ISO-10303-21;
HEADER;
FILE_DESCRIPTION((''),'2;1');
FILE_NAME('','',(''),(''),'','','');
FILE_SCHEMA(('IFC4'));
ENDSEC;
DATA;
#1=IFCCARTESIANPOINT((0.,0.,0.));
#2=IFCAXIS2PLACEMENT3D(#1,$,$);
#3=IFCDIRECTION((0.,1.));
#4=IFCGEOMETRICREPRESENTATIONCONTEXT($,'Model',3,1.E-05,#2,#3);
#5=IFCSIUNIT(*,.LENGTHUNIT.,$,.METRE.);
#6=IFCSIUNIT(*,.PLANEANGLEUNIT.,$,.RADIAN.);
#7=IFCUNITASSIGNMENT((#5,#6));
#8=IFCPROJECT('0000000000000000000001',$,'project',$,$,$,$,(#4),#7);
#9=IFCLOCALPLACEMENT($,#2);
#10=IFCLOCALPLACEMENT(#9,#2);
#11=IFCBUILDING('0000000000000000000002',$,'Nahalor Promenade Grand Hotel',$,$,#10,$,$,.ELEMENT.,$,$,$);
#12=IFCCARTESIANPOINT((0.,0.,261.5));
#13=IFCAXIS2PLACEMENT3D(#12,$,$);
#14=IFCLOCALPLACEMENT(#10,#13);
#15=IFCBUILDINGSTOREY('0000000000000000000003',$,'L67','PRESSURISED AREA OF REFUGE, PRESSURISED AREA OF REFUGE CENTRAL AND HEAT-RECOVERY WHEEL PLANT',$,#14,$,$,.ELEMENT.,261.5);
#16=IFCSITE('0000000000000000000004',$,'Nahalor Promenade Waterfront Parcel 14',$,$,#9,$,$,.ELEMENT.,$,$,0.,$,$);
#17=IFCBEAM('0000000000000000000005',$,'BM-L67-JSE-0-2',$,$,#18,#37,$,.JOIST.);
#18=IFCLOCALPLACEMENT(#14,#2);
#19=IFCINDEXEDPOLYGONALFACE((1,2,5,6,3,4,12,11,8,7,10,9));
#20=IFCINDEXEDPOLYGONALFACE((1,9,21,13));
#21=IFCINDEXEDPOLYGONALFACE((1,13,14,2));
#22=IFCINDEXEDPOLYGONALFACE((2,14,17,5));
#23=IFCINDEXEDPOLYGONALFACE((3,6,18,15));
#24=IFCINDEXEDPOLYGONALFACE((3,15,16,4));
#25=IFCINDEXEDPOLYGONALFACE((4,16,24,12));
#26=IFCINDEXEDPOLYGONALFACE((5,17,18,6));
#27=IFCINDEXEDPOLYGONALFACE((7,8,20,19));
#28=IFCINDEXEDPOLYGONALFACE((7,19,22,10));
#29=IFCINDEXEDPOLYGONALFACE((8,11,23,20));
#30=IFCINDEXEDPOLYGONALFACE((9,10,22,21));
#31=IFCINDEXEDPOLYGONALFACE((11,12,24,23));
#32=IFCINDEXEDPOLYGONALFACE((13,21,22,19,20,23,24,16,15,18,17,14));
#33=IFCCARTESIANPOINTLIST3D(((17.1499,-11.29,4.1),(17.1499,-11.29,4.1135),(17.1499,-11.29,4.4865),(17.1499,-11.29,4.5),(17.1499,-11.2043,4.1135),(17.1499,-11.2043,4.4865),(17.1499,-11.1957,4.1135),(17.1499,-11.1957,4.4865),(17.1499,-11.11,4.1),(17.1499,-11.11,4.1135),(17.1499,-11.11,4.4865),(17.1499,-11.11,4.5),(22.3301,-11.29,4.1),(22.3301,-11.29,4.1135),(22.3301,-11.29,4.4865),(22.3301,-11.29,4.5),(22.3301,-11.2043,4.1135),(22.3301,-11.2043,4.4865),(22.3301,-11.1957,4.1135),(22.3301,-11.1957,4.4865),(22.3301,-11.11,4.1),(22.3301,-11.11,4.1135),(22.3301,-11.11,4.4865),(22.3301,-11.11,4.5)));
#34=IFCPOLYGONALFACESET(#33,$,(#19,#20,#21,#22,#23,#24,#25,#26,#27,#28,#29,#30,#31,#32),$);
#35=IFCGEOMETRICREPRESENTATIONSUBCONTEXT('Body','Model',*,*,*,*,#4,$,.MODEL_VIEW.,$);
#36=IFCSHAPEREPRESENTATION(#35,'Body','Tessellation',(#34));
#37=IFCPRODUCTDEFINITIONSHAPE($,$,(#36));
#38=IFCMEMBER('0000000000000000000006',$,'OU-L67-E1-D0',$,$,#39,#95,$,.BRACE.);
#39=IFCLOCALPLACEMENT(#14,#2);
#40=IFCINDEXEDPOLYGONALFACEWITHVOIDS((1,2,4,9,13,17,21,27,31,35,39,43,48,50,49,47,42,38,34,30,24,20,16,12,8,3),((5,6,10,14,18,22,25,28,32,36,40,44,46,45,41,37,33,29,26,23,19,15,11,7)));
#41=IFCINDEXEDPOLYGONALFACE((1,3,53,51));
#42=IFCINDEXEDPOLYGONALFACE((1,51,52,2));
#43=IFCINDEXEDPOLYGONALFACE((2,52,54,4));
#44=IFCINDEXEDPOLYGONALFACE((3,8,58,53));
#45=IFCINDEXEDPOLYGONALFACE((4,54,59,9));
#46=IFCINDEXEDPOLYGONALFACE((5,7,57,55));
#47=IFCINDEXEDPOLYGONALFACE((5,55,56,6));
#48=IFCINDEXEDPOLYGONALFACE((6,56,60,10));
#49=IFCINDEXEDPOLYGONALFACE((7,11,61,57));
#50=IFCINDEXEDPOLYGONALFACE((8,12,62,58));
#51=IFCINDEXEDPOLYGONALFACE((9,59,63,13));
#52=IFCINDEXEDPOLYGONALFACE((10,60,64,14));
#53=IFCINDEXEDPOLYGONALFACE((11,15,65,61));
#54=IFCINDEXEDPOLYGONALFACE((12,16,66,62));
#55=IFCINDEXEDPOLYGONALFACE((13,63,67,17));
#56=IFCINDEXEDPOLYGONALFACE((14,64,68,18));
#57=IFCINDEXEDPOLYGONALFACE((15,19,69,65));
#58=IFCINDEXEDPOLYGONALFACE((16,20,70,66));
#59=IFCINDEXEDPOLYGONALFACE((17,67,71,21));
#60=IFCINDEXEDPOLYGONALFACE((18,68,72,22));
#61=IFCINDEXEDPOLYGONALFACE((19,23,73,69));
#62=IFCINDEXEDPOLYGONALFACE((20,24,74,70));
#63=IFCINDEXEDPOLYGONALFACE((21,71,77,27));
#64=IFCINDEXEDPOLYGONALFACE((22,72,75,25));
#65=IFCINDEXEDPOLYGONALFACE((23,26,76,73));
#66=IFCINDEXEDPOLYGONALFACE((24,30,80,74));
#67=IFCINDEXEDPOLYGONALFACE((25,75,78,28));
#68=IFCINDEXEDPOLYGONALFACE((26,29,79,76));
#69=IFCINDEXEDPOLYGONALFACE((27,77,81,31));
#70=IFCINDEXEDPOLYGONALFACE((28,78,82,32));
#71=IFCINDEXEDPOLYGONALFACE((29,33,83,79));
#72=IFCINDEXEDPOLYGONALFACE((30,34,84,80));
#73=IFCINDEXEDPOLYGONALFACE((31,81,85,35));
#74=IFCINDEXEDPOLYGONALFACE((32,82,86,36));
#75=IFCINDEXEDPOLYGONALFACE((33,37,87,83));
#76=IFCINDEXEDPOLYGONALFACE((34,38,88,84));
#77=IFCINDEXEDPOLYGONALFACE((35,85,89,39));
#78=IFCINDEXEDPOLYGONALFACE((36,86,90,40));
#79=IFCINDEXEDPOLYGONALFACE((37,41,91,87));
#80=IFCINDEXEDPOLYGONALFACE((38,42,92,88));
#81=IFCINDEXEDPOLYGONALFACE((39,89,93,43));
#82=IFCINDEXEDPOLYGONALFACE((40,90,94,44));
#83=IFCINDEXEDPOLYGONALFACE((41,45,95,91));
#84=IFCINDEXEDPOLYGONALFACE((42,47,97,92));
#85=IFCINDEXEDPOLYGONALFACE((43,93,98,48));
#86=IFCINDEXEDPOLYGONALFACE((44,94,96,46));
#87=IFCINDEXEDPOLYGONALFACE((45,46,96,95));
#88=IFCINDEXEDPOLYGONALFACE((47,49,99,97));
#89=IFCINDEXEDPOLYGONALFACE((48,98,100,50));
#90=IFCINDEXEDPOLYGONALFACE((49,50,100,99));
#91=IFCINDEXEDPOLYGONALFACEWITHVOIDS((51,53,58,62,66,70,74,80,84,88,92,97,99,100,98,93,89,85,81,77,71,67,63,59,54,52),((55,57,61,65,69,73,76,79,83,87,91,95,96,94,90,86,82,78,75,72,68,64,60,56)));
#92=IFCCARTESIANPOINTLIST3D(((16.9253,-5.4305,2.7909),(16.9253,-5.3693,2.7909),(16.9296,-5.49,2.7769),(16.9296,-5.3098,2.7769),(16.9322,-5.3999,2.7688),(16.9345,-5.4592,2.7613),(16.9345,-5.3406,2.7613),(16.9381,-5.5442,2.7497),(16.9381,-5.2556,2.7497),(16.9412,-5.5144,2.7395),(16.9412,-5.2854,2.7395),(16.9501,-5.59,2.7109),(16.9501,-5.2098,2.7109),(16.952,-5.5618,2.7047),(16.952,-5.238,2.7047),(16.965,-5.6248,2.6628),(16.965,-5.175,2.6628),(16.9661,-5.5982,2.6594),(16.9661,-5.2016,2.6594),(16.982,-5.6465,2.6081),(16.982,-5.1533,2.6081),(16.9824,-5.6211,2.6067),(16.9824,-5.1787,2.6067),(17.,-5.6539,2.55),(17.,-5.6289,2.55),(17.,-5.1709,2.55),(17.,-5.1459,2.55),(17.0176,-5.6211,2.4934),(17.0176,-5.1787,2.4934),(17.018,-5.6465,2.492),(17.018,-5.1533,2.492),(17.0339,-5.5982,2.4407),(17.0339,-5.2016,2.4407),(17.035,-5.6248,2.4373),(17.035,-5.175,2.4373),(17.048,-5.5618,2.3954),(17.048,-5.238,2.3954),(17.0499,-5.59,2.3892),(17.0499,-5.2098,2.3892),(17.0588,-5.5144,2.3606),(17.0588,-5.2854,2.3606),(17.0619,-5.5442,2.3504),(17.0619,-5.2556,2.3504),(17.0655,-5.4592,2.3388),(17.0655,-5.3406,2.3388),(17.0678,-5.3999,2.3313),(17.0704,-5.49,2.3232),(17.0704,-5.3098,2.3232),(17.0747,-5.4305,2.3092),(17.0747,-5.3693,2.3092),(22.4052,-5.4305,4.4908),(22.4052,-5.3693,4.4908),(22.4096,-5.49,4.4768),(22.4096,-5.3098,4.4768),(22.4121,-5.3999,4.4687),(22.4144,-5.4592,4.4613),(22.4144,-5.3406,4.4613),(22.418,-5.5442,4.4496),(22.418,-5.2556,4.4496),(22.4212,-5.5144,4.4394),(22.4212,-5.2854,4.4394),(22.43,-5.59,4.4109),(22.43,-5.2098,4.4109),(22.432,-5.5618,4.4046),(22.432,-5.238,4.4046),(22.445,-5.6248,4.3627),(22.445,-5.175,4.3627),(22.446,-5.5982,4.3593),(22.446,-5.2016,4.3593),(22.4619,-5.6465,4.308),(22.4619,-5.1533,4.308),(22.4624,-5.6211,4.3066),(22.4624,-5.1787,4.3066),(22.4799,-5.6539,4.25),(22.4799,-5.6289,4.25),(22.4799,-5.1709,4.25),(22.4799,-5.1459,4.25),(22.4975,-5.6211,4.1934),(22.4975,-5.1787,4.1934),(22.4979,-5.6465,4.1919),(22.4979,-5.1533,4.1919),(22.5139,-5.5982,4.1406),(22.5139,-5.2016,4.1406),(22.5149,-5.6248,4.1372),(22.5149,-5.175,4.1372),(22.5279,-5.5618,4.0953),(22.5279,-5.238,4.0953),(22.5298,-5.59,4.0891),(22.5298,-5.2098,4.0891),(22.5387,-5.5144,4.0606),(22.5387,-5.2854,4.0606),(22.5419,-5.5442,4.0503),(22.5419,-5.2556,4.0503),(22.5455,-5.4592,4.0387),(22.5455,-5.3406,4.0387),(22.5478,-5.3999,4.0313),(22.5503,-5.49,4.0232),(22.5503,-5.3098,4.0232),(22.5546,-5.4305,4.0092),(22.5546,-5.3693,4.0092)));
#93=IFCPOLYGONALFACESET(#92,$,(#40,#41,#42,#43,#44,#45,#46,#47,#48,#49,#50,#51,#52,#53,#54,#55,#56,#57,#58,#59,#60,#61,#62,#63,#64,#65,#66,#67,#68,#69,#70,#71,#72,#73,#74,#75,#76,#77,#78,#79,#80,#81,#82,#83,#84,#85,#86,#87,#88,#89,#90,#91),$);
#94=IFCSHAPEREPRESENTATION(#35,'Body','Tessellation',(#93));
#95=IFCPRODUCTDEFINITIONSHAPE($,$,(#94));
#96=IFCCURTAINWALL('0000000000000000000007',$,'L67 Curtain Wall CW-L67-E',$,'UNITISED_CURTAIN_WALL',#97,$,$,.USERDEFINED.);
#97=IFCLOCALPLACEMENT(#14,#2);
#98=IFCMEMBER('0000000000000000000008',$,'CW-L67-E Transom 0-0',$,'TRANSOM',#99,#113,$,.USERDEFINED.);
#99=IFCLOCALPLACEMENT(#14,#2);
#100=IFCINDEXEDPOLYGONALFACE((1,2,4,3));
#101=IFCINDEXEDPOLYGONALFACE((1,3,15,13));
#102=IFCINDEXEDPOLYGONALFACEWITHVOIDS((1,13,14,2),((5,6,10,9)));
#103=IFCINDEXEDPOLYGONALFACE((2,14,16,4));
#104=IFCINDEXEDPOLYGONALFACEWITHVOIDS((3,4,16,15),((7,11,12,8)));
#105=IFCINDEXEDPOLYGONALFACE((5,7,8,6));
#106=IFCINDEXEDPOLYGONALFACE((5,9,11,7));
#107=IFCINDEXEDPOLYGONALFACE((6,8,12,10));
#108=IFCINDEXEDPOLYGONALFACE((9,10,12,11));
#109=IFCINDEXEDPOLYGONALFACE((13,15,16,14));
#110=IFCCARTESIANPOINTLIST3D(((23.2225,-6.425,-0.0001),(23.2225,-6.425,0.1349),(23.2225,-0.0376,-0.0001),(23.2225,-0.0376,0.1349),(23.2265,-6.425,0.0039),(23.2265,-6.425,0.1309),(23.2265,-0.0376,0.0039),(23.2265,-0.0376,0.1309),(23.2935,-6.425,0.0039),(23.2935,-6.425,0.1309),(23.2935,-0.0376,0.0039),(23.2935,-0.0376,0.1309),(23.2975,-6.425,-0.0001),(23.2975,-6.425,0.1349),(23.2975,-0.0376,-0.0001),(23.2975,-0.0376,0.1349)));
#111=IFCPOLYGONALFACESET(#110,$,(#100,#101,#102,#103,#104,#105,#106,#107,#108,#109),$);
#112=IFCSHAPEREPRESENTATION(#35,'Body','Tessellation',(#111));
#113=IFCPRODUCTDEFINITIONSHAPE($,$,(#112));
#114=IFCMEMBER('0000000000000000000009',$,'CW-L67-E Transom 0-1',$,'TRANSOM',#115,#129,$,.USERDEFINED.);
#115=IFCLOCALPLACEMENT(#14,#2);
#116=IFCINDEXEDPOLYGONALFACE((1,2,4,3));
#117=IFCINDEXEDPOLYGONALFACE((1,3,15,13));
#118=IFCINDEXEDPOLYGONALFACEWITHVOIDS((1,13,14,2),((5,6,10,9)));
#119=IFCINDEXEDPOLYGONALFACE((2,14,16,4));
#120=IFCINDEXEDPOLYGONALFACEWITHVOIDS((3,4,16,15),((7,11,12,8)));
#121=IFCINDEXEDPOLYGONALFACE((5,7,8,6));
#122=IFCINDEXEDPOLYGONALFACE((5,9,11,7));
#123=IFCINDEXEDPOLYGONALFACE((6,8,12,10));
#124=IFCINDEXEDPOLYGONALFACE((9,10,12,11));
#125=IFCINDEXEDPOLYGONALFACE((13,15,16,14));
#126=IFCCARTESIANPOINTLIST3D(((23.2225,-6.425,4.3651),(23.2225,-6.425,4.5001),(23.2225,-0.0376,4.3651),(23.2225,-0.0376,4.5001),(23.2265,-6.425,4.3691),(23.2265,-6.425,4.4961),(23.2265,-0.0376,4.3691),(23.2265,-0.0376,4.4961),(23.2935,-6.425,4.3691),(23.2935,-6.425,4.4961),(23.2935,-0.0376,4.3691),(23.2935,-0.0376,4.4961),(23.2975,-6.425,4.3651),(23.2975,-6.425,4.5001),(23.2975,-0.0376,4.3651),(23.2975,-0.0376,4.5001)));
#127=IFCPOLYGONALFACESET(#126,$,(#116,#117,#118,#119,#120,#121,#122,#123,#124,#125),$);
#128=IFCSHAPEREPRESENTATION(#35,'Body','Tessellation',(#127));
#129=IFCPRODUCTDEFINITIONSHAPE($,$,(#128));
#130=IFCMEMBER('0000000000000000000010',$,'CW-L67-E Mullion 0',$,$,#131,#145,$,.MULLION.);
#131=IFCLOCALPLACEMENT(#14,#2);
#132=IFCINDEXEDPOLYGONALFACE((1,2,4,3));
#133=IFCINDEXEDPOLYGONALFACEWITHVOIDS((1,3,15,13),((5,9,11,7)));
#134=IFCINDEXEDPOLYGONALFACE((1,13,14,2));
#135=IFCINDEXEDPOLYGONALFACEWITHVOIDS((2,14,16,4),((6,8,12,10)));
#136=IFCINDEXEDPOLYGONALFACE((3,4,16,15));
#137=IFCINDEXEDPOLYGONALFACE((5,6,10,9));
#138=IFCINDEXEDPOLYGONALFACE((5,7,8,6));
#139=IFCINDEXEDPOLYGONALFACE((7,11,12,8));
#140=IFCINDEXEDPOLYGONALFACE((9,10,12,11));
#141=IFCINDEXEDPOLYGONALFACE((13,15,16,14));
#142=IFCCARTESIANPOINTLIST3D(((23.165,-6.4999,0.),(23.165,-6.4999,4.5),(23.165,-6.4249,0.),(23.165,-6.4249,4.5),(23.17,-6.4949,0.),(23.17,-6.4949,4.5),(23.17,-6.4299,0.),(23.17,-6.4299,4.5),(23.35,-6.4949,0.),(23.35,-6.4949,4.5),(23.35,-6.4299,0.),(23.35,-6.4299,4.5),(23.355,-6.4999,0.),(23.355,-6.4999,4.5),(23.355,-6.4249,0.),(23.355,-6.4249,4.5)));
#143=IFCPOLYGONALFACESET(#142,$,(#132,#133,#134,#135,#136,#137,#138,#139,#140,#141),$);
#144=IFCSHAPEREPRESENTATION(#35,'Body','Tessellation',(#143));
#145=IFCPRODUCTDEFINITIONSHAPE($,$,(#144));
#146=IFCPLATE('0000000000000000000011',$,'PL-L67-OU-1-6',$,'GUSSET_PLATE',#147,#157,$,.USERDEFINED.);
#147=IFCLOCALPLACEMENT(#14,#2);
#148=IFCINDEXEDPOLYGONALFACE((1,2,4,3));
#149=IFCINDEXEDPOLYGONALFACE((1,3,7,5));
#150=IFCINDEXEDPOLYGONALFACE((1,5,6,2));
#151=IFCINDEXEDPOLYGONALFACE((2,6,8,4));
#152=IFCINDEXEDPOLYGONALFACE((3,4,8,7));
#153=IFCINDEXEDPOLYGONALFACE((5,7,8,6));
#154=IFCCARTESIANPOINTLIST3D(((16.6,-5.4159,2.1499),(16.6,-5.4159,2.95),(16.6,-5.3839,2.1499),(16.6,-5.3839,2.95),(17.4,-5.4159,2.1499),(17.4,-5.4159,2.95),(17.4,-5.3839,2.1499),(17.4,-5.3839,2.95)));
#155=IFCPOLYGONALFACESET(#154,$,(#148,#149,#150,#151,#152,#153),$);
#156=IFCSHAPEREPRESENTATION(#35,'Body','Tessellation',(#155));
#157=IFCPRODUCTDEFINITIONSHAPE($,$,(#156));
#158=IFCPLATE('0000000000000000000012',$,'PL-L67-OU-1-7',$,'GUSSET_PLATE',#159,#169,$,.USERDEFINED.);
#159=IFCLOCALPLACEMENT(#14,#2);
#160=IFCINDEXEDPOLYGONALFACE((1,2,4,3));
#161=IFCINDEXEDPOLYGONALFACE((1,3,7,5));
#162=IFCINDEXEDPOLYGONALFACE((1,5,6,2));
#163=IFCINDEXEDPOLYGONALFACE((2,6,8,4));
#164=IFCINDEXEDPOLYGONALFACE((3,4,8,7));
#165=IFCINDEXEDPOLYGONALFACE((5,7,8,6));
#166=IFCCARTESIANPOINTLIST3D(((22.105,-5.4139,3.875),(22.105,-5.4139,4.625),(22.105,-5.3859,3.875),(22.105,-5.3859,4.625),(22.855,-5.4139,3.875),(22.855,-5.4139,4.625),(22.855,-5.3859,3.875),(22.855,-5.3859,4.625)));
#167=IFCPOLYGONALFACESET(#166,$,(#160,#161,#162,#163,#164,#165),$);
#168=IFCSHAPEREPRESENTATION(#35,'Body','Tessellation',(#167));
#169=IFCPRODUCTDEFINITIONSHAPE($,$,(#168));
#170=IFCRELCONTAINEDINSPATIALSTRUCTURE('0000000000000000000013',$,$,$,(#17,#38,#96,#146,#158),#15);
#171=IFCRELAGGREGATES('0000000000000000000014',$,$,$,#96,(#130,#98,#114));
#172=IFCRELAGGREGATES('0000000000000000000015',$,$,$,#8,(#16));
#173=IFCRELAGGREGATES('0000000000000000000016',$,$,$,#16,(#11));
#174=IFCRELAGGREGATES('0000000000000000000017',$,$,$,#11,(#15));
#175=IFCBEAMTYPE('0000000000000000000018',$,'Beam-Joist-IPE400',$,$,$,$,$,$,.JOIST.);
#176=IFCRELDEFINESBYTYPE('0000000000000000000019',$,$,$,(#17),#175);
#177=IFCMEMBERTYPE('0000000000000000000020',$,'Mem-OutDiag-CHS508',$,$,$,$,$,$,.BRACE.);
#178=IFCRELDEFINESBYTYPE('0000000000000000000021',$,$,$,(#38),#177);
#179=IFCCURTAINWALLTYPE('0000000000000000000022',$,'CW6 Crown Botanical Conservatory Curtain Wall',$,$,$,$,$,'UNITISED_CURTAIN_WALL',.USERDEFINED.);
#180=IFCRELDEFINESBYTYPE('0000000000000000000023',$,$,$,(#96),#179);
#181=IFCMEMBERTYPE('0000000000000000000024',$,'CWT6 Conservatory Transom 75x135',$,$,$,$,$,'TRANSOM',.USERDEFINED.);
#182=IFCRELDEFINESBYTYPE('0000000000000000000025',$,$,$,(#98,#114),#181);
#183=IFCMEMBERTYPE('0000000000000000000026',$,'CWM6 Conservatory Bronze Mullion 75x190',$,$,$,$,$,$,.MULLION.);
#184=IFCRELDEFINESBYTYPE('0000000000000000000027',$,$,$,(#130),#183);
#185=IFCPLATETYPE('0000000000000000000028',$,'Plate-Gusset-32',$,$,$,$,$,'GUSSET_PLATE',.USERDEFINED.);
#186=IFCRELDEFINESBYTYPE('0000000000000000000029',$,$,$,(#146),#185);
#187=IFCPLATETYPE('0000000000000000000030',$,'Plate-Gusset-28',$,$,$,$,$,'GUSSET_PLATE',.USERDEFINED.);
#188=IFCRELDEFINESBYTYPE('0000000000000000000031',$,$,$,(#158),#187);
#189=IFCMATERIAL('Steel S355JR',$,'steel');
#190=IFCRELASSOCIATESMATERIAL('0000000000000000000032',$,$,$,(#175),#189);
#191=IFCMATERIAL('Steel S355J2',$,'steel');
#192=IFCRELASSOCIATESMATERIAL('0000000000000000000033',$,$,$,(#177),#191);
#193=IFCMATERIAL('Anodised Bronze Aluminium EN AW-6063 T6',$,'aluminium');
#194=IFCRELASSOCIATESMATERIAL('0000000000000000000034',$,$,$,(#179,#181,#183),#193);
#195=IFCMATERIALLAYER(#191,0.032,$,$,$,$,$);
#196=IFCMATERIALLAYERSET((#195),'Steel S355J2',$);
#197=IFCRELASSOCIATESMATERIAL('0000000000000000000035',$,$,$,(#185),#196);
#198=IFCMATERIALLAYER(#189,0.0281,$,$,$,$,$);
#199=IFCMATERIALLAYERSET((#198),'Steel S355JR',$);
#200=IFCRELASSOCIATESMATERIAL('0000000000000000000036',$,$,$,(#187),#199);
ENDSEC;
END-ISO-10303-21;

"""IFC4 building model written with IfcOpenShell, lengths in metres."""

from ifc_helpers import new_model, si_unit, direction, frame, origin, origin_2d, place, context, subcontext, project, spatial, rectangle, hollow_rectangle, hollow_circle, i_section, extrude, source, transform, mapped, material, layer, layer_set, material_profile, profile_set, type_object, element, aggregate, save


model = new_model("IFC4")

# Units and contexts
model_context = context("Model", 3, precision=1e-05, world=origin(), true_north=direction((0.0, 1.0)))
body_context = subcontext(model_context, "Body", "Model", "MODEL_VIEW")
ifc_project = project(units=[si_unit("LENGTHUNIT", "METRE"), si_unit("PLANEANGLEUNIT", "RADIAN")], contexts=[model_context])

# Site, building, storey
site_placement = place(None, origin())
site = spatial("IfcSite", under=ifc_project, at=site_placement, Name="Nahalor Promenade Waterfront Parcel 14", CompositionType="ELEMENT", RefElevation=0.0)
building_placement = place(site_placement, origin())
building = spatial("IfcBuilding", under=site, at=building_placement, Name="Nahalor Promenade Grand Hotel", CompositionType="ELEMENT")
storey_placement = place(building_placement, frame((0.0, 0.0, 261.5)))
storey = spatial("IfcBuildingStorey", under=building, at=storey_placement, Name="L67", Description="PRESSURISED AREA OF REFUGE, PRESSURISED AREA OF REFUGE CENTRAL AND HEAT-RECOVERY WHEEL PLANT", CompositionType="ELEMENT", Elevation=261.5)

# Shared definitions
ifc_material_1 = material(Name="Steel S355JR", Category="steel")

# Beam
ifc_material_profile_1 = material_profile(ifc_material_1, i_section(OverallWidth=0.18, OverallDepth=0.4, WebThickness=0.0086, FlangeThickness=0.0135, at=origin_2d()), Name="IPE 400")
ifc_profile_set_1 = profile_set([ifc_material_profile_1], Name="Steel S355JR")
beam_type_1 = type_object("IfcBeamType", Name="Beam-Joist-IPE400", PredefinedType="JOIST", material=ifc_profile_set_1)
shared_shape_1 = source(origin(), body_context, "Body", "SweptSolid", [
    extrude(i_section(OverallWidth=0.18, OverallDepth=0.4, WebThickness=0.0086, FlangeThickness=0.0135, at=origin_2d()), origin(), (0.0, 0.0, 1.0), 5.1802),
])
beam_1_placement = place(storey_placement, frame((17.1499, -11.2, 4.3), z_axis=(1.0, 0.0, 0.0), x_axis=(0.0, 1.0, 0.0)))
element("IfcBeam", 1, at=beam_1_placement, inside=storey, type_object=beam_type_1, Name="BM-L67-JSE-0-2", PredefinedType="JOIST", context=body_context, shape_type="MappedRepresentation", body=[
    mapped(shared_shape_1, transform((0.0, 0.0, 0.0), scale=1.0)),
])

# Member
ifc_material_2 = material(Name="Steel S355J2", Category="steel")
ifc_material_profile_2 = material_profile(ifc_material_2, hollow_circle(Radius=0.254, WallThickness=0.025, at=origin_2d()), Name="CHS 508x25")
ifc_profile_set_2 = profile_set([ifc_material_profile_2], Name="Steel S355J2")
member_type_1 = type_object("IfcMemberType", Name="Mem-OutDiag-CHS508", PredefinedType="BRACE", material=ifc_profile_set_2)
shared_shape_2 = source(origin(), body_context, "Body", "SweptSolid", [
    extrude(hollow_circle(Radius=0.254, WallThickness=0.025, at=origin_2d()), origin(), (0.0, 0.0, 1.0), 5.7375),
])
member_1_placement = place(storey_placement, frame((17.0, -5.3999, 2.55), z_axis=(0.9551, 0.0, 0.296283), x_axis=(0.0, 1.0, 0.0)))
element("IfcMember", 2, at=member_1_placement, inside=storey, type_object=member_type_1, Name="OU-L67-E1-D0", PredefinedType="BRACE", context=body_context, shape_type="MappedRepresentation", body=[
    mapped(shared_shape_2, transform((0.0, 0.0, 0.0), scale=1.0)),
])

# Curtain wall, members
ifc_material_3 = material(Name="Anodised Bronze Aluminium EN AW-6063 T6", Category="aluminium")
curtain_wall_type = type_object("IfcCurtainWallType", Name="CW6 Crown Botanical Conservatory Curtain Wall", ElementType="UNITISED_CURTAIN_WALL", PredefinedType="USERDEFINED", material=ifc_material_3)
curtain_wall_placement = place(storey_placement, origin())
curtain_wall = element("IfcCurtainWall", 3, at=curtain_wall_placement, inside=storey, type_object=curtain_wall_type, Name="L67 Curtain Wall CW-L67-E", ObjectType="UNITISED_CURTAIN_WALL", PredefinedType="USERDEFINED")
ifc_material_profile_3 = material_profile(ifc_material_3, hollow_rectangle(XDim=0.075, YDim=0.135, WallThickness=0.004, at=origin_2d()), Name="CWT 75x135x4")
ifc_profile_set_3 = profile_set([ifc_material_profile_3], Name="Anodised Bronze Aluminium EN AW-6063 T6")
member_type_2 = type_object("IfcMemberType", Name="CWT6 Conservatory Transom 75x135", ElementType="TRANSOM", PredefinedType="USERDEFINED", material=ifc_profile_set_3)
shared_shape_3 = source(origin(), body_context, "Body", "SweptSolid", [
    extrude(hollow_rectangle(XDim=0.075, YDim=0.135, WallThickness=0.004, at=origin_2d()), origin(), (0.0, 0.0, 1.0), 6.3875),
])
member_2_placement = place(storey_placement, frame((23.26, -6.425, 0.0674), z_axis=(0.0, 1.0, 0.0), x_axis=(-1.0, 0.0, 0.0)))
member_2 = element("IfcMember", 4, at=member_2_placement, type_object=member_type_2, Name="CW-L67-E Transom 0-0", ObjectType="TRANSOM", PredefinedType="USERDEFINED", context=body_context, shape_type="MappedRepresentation", body=[
    mapped(shared_shape_3, transform((0.0, 0.0, 0.0), scale=1.0)),
])
member_3_placement = place(storey_placement, frame((23.26, -6.425, 4.4326), z_axis=(0.0, 1.0, 0.0), x_axis=(-1.0, 0.0, 0.0)))
member_3 = element("IfcMember", 5, at=member_3_placement, type_object=member_type_2, Name="CW-L67-E Transom 0-1", ObjectType="TRANSOM", PredefinedType="USERDEFINED", context=body_context, shape_type="MappedRepresentation", body=[
    mapped(shared_shape_3, transform((0.0, 0.0, 0.0), scale=1.0)),
])
ifc_material_profile_4 = material_profile(ifc_material_3, hollow_rectangle(XDim=0.075, YDim=0.19, WallThickness=0.005, at=origin_2d()), Name="CWM 75x190x5")
ifc_profile_set_4 = profile_set([ifc_material_profile_4], Name="Anodised Bronze Aluminium EN AW-6063 T6")
member_type_3 = type_object("IfcMemberType", Name="CWM6 Conservatory Bronze Mullion 75x190", PredefinedType="MULLION", material=ifc_profile_set_4)
shared_shape_4 = source(origin(), body_context, "Body", "SweptSolid", [
    extrude(hollow_rectangle(XDim=0.075, YDim=0.19, WallThickness=0.005, at=origin_2d()), origin(), (0.0, 0.0, 1.0), 4.5),
])
member_4_placement = place(storey_placement, frame((23.26, -6.4624, 0.0), z_axis=(0.0, 0.0, 1.0), x_axis=(0.0, 1.0, 0.0)))
member_4 = element("IfcMember", 6, at=member_4_placement, type_object=member_type_3, Name="CW-L67-E Mullion 0", PredefinedType="MULLION", context=body_context, shape_type="MappedRepresentation", body=[
    mapped(shared_shape_4, transform((0.0, 0.0, 0.0), scale=1.0)),
])
aggregate(curtain_wall, [member_4, member_2, member_3])

# Plates
ifc_layer_1 = layer(ifc_material_2, 0.032)
ifc_layer_set_1 = layer_set([ifc_layer_1], Name="Steel S355J2")
plate_type_1 = type_object("IfcPlateType", Name="Plate-Gusset-32", ElementType="GUSSET_PLATE", PredefinedType="USERDEFINED", material=ifc_layer_set_1)
shared_shape_5 = source(origin(), body_context, "Body", "SweptSolid", [
    extrude(rectangle(XDim=0.8, YDim=0.032, at=origin_2d()), origin(), (0.0, 0.0, 1.0), 0.8),
])
plate_1_placement = place(storey_placement, frame((17.0, -5.3999, 2.1499), z_axis=(0.0, 0.0, 1.0), x_axis=(1.0, 0.0, 0.0)))
element("IfcPlate", 7, at=plate_1_placement, inside=storey, type_object=plate_type_1, Name="PL-L67-OU-1-6", ObjectType="GUSSET_PLATE", PredefinedType="USERDEFINED", context=body_context, shape_type="MappedRepresentation", body=[
    mapped(shared_shape_5, transform((0.0, 0.0, 0.0), scale=1.0)),
])
ifc_layer_2 = layer(ifc_material_1, 0.0281)
ifc_layer_set_2 = layer_set([ifc_layer_2], Name="Steel S355JR")
plate_type_2 = type_object("IfcPlateType", Name="Plate-Gusset-28", ElementType="GUSSET_PLATE", PredefinedType="USERDEFINED", material=ifc_layer_set_2)
shared_shape_6 = source(origin(), body_context, "Body", "SweptSolid", [
    extrude(rectangle(XDim=0.75, YDim=0.0281, at=origin_2d()), origin(), (0.0, 0.0, 1.0), 0.75),
])
plate_2_placement = place(storey_placement, frame((22.48, -5.3999, 3.875), z_axis=(0.0, 0.0, 1.0), x_axis=(1.0, 0.0, 0.0)))
element("IfcPlate", 8, at=plate_2_placement, inside=storey, type_object=plate_type_2, Name="PL-L67-OU-1-7", ObjectType="GUSSET_PLATE", PredefinedType="USERDEFINED", context=body_context, shape_type="MappedRepresentation", body=[
    mapped(shared_shape_6, transform((0.0, 0.0, 0.0), scale=1.0)),
])

save(model, "model.ifc")
